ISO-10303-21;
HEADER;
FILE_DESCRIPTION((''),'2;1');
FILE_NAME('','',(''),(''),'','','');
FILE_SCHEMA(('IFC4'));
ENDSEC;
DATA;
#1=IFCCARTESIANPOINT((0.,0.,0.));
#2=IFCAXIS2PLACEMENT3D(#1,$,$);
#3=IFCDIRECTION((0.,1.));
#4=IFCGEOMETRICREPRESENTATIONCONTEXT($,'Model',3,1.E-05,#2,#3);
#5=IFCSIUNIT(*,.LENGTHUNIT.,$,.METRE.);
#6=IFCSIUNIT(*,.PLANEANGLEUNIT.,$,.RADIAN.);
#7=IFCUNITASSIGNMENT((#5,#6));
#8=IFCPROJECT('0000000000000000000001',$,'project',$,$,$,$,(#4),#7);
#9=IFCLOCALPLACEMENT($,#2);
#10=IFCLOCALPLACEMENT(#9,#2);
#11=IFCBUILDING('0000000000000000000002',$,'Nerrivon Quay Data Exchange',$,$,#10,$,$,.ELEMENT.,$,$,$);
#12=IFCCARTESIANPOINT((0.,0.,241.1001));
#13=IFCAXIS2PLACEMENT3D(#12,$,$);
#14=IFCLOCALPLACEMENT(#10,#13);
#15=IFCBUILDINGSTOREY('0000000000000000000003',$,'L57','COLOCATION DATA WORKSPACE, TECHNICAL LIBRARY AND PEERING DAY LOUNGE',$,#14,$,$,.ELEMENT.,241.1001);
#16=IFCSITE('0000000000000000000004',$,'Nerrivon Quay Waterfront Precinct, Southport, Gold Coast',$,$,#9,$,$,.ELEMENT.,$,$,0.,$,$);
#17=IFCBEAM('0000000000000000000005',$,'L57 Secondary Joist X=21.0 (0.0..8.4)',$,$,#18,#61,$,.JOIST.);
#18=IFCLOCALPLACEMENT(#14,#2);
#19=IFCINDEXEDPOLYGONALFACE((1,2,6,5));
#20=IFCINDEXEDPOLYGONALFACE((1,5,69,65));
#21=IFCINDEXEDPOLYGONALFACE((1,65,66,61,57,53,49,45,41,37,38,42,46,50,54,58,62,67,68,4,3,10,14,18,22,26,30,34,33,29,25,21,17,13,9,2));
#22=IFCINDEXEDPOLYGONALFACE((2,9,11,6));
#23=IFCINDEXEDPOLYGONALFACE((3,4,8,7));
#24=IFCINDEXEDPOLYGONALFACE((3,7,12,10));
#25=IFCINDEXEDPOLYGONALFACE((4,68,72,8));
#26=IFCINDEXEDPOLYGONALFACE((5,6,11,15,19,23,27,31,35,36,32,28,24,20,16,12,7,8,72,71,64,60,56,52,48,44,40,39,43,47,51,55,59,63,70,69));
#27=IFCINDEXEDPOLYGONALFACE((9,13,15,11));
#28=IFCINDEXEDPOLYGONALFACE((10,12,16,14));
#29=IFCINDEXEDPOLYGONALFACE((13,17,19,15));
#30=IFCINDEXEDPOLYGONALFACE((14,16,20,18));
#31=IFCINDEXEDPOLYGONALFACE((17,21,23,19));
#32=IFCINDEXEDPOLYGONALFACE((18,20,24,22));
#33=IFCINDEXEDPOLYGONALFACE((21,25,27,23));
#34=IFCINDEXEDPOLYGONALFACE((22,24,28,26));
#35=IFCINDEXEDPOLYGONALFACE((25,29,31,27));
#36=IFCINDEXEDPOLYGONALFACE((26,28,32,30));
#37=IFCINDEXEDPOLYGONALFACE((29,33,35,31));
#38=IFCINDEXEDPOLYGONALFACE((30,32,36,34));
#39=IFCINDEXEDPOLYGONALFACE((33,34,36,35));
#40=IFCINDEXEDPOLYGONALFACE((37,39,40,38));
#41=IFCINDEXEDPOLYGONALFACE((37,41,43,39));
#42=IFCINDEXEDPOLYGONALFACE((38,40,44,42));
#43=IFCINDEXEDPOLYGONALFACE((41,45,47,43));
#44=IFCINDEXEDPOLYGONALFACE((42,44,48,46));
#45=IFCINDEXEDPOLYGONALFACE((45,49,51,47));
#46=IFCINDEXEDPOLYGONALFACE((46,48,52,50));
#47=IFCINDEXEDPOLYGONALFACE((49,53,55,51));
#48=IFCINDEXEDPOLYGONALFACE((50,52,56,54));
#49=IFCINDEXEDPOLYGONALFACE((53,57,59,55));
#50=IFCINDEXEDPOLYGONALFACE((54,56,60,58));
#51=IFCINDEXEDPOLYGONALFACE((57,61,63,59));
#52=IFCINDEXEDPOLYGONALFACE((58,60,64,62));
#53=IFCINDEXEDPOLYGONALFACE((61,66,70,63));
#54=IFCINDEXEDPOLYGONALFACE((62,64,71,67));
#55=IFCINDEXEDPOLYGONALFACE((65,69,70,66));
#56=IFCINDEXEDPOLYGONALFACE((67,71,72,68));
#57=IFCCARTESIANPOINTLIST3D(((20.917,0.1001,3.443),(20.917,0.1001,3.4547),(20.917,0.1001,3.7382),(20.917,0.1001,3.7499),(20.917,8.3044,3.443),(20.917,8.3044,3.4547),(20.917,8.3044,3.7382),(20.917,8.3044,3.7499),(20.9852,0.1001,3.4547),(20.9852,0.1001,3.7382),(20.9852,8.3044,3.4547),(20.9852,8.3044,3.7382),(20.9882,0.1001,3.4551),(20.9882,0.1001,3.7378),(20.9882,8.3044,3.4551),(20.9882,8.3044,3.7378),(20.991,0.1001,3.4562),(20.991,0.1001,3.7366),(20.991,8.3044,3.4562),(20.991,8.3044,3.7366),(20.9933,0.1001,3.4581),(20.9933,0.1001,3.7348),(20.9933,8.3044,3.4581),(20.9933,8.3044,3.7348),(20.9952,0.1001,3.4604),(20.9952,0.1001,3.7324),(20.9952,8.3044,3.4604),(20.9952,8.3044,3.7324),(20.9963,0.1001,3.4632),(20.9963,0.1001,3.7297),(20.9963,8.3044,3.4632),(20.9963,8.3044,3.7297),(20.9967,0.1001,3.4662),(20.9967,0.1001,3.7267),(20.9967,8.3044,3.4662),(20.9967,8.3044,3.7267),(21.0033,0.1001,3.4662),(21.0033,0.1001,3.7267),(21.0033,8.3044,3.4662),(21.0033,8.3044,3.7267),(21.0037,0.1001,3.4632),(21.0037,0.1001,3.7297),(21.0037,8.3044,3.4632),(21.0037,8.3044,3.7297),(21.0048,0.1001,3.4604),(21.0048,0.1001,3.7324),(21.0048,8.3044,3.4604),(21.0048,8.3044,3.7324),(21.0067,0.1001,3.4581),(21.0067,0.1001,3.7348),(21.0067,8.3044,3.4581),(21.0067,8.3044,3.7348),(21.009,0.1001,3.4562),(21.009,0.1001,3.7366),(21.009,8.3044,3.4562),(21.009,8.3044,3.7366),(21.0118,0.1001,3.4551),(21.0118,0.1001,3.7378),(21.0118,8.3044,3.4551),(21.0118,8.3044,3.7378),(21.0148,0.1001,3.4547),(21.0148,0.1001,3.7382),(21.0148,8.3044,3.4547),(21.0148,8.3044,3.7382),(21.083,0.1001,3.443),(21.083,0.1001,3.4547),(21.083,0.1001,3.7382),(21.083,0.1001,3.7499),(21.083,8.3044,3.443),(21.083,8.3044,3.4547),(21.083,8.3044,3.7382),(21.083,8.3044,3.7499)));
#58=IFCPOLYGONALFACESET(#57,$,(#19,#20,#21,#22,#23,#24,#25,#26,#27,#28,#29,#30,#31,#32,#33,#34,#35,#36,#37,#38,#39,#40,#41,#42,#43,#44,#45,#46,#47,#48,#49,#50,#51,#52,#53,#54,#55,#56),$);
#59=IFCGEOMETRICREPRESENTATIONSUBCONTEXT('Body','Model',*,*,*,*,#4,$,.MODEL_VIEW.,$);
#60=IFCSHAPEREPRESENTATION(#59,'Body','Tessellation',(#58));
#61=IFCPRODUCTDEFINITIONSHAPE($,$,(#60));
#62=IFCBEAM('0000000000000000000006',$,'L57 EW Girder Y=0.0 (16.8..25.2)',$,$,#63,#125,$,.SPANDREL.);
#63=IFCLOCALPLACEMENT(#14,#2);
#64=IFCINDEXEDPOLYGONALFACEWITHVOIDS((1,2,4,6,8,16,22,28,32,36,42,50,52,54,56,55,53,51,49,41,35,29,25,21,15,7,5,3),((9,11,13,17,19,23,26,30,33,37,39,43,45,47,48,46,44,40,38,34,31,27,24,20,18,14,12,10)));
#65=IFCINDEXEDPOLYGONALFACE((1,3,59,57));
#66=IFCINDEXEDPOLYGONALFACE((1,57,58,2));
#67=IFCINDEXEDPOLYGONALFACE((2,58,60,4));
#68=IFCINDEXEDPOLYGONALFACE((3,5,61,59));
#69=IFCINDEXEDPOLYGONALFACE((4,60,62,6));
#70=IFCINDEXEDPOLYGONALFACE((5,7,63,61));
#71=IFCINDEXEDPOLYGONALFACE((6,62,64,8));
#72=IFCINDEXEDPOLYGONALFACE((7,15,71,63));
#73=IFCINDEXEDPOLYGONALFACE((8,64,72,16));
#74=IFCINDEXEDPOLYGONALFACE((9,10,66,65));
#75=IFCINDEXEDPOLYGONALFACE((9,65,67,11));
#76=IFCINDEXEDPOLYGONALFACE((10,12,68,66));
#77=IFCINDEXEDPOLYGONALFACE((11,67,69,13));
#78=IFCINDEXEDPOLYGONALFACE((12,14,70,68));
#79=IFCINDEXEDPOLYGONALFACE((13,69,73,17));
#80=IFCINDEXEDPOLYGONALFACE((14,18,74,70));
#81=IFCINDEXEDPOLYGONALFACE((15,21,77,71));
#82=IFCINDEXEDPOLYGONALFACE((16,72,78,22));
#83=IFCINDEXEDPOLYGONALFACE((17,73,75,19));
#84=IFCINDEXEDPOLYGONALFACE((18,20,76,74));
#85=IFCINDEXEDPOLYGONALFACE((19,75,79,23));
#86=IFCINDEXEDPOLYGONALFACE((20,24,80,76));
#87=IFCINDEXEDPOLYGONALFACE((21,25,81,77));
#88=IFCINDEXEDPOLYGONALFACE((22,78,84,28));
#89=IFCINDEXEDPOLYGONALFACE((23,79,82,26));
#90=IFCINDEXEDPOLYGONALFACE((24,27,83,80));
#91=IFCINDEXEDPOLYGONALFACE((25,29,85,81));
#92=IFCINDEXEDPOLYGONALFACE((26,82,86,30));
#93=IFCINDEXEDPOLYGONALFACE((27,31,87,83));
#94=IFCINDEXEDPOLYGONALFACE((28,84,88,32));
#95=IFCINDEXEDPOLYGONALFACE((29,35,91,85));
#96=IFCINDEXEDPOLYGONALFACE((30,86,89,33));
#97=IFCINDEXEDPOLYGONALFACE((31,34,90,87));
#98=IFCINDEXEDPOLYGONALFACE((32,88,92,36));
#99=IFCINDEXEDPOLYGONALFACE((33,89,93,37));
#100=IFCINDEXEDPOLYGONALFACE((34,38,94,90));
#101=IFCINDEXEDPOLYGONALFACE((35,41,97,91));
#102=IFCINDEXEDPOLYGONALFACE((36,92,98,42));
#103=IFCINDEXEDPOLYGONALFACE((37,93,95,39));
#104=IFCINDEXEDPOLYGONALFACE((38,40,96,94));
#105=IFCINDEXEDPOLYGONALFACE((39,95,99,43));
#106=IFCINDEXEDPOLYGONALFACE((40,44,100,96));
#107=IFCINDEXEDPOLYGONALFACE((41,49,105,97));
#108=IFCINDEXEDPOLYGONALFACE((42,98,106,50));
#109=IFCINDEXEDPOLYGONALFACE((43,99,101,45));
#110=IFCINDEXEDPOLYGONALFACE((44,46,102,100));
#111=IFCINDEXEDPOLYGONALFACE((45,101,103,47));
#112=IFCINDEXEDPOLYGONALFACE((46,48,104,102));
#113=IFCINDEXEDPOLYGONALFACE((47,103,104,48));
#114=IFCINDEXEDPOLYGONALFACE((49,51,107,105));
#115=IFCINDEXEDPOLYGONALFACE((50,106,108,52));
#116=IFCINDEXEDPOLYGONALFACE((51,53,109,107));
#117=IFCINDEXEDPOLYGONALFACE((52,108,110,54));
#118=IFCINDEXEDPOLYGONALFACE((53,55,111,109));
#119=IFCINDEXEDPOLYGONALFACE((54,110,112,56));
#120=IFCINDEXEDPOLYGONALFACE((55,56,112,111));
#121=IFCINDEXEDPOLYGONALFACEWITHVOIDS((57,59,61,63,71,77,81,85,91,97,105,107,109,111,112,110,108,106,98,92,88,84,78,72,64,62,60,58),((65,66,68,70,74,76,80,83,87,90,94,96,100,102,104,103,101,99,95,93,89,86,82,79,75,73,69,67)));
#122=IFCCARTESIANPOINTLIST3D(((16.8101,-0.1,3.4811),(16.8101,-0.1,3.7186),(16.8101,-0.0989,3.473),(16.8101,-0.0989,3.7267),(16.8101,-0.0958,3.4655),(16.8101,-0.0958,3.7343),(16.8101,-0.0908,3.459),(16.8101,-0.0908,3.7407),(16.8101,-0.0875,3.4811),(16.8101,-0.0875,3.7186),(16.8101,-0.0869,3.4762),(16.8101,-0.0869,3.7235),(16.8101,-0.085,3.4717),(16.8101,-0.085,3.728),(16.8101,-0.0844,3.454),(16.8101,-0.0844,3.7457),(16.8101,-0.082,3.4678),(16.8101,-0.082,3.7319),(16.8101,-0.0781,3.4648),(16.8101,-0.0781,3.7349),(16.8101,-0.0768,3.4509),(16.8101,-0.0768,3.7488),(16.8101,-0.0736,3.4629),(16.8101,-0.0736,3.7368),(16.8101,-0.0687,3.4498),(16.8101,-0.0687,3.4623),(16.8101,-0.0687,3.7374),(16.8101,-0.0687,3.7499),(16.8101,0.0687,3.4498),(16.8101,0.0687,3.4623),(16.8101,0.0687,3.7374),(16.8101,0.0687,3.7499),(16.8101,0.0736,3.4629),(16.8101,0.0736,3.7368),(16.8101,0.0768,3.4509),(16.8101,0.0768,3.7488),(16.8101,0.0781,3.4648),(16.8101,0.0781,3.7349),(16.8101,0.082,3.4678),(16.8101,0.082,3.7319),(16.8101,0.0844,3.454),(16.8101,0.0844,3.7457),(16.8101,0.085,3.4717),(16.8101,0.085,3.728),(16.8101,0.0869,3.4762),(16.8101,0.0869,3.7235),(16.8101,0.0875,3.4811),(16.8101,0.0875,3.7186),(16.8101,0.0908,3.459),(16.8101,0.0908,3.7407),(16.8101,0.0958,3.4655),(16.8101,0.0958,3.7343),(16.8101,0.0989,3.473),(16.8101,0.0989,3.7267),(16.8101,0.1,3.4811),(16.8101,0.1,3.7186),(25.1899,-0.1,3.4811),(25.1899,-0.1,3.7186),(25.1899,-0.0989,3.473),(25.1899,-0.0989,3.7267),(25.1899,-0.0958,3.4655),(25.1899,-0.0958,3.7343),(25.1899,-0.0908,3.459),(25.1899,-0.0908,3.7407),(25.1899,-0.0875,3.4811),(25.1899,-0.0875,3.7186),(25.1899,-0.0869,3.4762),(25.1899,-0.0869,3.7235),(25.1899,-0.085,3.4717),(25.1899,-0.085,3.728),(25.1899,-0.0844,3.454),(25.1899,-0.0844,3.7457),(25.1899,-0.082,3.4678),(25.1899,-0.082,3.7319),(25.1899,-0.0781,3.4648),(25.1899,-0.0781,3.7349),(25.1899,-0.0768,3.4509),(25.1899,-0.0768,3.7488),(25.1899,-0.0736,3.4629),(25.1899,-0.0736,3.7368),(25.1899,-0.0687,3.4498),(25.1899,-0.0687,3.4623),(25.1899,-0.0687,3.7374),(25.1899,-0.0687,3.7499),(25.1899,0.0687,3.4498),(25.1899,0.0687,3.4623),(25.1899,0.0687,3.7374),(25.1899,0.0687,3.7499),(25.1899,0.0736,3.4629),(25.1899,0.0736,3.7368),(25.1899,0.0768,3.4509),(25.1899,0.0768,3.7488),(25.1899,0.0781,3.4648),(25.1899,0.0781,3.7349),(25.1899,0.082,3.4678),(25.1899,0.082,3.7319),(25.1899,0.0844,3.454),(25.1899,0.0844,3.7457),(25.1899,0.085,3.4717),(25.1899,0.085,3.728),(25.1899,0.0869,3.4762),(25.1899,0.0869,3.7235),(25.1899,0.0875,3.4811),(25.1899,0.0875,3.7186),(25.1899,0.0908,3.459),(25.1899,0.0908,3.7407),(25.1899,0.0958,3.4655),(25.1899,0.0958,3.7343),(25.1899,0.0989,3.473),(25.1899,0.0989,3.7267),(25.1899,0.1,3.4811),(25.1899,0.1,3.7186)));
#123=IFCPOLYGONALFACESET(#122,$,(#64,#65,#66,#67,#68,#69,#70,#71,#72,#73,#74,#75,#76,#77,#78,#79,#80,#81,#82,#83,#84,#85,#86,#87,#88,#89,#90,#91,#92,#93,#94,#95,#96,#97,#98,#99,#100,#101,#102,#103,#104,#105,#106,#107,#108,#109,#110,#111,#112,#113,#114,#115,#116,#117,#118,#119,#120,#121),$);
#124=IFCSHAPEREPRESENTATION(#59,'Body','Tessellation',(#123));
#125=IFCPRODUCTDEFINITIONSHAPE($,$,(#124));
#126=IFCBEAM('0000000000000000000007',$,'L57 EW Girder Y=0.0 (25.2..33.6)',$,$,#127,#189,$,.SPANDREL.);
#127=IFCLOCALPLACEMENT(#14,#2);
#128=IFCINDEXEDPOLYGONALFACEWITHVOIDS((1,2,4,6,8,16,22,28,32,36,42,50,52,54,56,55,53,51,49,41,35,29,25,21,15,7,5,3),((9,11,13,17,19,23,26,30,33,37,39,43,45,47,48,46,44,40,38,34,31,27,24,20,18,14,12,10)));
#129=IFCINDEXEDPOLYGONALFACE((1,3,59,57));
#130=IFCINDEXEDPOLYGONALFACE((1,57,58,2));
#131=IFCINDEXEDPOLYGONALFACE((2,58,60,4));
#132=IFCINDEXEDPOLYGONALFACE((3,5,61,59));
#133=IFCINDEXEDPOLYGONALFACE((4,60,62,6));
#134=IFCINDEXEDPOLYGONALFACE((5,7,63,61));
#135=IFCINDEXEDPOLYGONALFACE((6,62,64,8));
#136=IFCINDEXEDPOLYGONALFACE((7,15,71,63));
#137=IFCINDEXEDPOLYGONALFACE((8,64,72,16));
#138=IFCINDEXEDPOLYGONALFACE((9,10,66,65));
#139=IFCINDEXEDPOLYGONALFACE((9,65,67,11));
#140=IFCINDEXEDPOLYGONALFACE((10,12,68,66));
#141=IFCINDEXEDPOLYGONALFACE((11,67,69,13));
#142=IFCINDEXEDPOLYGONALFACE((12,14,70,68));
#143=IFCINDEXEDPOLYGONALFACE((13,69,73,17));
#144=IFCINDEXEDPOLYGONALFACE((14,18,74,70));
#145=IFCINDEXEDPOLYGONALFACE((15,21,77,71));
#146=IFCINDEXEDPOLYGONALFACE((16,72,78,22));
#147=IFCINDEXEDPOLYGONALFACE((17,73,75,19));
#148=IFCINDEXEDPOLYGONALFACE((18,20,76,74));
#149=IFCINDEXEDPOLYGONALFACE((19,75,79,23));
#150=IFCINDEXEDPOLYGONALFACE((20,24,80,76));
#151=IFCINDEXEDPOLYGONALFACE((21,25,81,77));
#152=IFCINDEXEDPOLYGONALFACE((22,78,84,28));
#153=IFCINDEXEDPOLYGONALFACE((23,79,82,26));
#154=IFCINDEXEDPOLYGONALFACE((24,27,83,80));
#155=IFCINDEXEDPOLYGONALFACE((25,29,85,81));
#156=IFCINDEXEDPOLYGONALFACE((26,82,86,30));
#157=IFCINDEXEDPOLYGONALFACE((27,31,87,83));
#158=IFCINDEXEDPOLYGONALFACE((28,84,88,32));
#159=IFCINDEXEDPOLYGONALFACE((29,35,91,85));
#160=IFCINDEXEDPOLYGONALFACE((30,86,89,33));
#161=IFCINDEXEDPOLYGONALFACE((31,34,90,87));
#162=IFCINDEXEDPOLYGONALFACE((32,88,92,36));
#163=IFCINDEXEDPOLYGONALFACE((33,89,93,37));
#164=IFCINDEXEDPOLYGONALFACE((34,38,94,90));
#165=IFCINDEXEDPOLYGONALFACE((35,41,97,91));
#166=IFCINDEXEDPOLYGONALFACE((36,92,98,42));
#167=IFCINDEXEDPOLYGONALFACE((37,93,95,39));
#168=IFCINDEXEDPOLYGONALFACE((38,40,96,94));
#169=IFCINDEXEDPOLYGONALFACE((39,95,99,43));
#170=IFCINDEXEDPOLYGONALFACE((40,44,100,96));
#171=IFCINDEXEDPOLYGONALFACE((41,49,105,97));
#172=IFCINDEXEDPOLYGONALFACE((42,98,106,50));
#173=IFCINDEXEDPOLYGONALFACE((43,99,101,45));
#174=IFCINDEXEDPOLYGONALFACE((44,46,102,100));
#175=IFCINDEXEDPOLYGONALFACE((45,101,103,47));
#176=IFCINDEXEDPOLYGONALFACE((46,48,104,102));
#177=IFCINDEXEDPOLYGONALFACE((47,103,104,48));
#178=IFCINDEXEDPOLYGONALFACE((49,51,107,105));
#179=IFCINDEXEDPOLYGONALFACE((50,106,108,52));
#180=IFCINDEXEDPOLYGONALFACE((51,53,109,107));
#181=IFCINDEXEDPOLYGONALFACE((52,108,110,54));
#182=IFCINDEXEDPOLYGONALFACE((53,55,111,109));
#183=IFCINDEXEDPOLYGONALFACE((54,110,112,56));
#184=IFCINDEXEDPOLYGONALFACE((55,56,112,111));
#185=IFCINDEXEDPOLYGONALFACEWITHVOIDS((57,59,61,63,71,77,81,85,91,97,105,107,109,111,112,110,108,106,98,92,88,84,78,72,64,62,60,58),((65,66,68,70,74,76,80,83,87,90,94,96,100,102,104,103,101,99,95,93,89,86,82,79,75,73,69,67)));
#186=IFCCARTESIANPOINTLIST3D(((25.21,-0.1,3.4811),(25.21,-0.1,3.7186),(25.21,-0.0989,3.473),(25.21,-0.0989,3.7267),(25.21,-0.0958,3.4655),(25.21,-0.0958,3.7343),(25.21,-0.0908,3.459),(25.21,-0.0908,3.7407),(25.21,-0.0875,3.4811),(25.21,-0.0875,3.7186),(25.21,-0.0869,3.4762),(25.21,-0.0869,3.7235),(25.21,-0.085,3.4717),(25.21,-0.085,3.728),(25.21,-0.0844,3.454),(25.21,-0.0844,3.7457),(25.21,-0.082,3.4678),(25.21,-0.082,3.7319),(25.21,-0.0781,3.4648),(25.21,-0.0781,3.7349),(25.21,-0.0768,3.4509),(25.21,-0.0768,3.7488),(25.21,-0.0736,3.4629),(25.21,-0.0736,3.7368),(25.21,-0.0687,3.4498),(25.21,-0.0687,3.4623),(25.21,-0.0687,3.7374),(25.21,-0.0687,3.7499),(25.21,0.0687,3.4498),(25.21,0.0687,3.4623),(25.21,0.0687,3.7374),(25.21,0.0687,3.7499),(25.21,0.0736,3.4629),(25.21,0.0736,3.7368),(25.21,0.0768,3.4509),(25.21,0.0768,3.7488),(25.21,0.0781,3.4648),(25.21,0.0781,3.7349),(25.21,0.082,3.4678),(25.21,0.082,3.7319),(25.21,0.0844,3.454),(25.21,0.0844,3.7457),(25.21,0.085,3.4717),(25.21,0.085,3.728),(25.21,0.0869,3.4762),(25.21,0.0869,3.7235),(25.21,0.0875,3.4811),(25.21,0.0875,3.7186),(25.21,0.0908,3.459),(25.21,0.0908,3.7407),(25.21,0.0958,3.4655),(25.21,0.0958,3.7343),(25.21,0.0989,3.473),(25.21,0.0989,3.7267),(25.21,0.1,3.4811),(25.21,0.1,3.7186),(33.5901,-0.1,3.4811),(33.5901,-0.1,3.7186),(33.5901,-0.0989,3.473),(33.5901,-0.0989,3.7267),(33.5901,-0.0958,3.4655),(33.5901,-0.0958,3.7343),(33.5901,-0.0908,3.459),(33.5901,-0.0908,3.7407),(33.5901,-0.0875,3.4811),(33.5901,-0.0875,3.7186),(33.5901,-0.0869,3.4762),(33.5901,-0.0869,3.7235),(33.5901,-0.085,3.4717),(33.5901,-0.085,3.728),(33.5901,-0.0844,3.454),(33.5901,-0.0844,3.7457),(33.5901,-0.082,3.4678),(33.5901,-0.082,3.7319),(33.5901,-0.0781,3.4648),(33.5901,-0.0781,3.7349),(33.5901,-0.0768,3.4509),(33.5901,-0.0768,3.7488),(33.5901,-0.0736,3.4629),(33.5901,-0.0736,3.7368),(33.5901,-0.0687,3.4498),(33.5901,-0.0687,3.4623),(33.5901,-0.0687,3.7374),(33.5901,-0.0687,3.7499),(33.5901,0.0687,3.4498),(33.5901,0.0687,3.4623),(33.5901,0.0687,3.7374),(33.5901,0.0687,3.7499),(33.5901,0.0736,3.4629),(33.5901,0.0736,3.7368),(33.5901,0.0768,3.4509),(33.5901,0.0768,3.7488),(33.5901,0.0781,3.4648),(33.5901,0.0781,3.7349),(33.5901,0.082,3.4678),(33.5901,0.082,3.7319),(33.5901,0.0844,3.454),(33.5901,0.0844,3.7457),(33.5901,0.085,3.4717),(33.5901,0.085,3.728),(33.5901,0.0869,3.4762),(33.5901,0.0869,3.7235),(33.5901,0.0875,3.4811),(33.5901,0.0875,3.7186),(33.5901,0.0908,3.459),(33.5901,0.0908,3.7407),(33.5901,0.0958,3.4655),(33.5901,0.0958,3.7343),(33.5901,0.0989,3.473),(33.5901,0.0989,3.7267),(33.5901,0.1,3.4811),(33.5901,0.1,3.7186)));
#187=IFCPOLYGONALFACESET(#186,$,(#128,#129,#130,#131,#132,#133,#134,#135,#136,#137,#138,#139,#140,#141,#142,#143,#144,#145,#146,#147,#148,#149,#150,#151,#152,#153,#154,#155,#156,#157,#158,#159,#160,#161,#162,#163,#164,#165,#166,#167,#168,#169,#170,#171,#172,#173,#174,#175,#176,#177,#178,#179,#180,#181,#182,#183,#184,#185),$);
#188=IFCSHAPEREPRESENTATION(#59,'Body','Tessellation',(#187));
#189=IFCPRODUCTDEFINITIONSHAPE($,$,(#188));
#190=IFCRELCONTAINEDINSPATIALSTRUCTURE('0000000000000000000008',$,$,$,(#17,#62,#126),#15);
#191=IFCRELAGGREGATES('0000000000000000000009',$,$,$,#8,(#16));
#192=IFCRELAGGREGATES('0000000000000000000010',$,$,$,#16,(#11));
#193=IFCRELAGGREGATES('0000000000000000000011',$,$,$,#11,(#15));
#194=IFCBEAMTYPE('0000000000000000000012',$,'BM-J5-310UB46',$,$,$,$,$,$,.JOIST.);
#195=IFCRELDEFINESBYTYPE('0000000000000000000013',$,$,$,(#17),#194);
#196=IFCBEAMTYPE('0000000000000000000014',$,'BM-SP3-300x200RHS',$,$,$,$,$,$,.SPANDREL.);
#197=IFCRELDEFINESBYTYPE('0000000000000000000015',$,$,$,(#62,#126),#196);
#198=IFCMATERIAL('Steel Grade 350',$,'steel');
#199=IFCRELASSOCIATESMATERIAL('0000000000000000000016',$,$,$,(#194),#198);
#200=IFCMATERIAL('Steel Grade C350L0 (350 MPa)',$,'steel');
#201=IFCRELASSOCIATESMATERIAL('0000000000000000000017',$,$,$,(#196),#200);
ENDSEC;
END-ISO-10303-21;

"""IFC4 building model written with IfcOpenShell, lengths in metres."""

from ifc_helpers import new_model, si_unit, direction, frame, origin, origin_2d, place, context, subcontext, project, spatial, hollow_rectangle, i_section, extrude, material, material_profile, profile_set, type_object, element, save


model = new_model("IFC4")

# Units and contexts
model_context = context("Model", 3, precision=1e-05, world=origin(), true_north=direction((0.0, 1.0)))
body_context = subcontext(model_context, "Body", "Model", "MODEL_VIEW")
ifc_project = project(units=[si_unit("LENGTHUNIT", "METRE"), si_unit("PLANEANGLEUNIT", "RADIAN")], contexts=[model_context])

# Site, building, storey
site_placement = place(None, origin())
site = spatial("IfcSite", under=ifc_project, at=site_placement, Name="Nerrivon Quay Waterfront Precinct, Southport, Gold Coast", CompositionType="ELEMENT", RefElevation=0.0)
building_placement = place(site_placement, origin())
building = spatial("IfcBuilding", under=site, at=building_placement, Name="Nerrivon Quay Data Exchange", CompositionType="ELEMENT")
storey_placement = place(building_placement, frame((0.0, 0.0, 241.1001)))
storey = spatial("IfcBuildingStorey", under=building, at=storey_placement, Name="L57", Description="COLOCATION DATA WORKSPACE, TECHNICAL LIBRARY AND PEERING DAY LOUNGE", CompositionType="ELEMENT", Elevation=241.1001)

# Shared definitions
ifc_material_1 = material(Name="Steel Grade 350", Category="steel")

# Beams
ifc_material_profile_1 = material_profile(ifc_material_1, i_section(OverallWidth=0.166, OverallDepth=0.3069, WebThickness=0.0066, FlangeThickness=0.0117, FilletRadius=0.0115, at=origin_2d()), Name="310UB46.2")
ifc_profile_set_1 = profile_set([ifc_material_profile_1], Name="Steel Grade 350")
beam_type_1 = type_object("IfcBeamType", Name="BM-J5-310UB46", PredefinedType="JOIST", material=ifc_profile_set_1)
beam_1_placement = place(storey_placement, frame((21.0, 0.1001, 3.5964), z_axis=(0.0, 1.0, 0.0), x_axis=(-1.0, 0.0, 0.0)))
element("IfcBeam", 1, at=beam_1_placement, inside=storey, type_object=beam_type_1, Name="L57 Secondary Joist X=21.0 (0.0..8.4)", PredefinedType="JOIST", context=body_context, shape_type="SweptSolid", body=[
    extrude(i_section(OverallWidth=0.166, OverallDepth=0.3069, WebThickness=0.0066, FlangeThickness=0.0117, FilletRadius=0.0115, at=origin_2d()), origin(), (0.0, 0.0, 1.0), 8.2043),
])
ifc_material_2 = material(Name="Steel Grade C350L0 (350 MPa)", Category="steel")
ifc_material_profile_2 = material_profile(ifc_material_2, hollow_rectangle(XDim=0.2, YDim=0.3, WallThickness=0.0125, InnerFilletRadius=0.0188, OuterFilletRadius=0.0312, at=origin_2d()), Name="300x200x12.5RHS")
ifc_profile_set_2 = profile_set([ifc_material_profile_2], Name="Steel Grade C350L0 (350 MPa)")
beam_type_2 = type_object("IfcBeamType", Name="BM-SP3-300x200RHS", PredefinedType="SPANDREL", material=ifc_profile_set_2)
beam_2_placement = place(storey_placement, frame((16.8101, 0.0, 3.5999), z_axis=(1.0, 0.0, 0.0), x_axis=(0.0, 1.0, 0.0)))
element("IfcBeam", 2, at=beam_2_placement, inside=storey, type_object=beam_type_2, Name="L57 EW Girder Y=0.0 (16.8..25.2)", PredefinedType="SPANDREL", context=body_context, shape_type="SweptSolid", body=[
    extrude(hollow_rectangle(XDim=0.2, YDim=0.3, WallThickness=0.0125, InnerFilletRadius=0.0188, OuterFilletRadius=0.0312, at=origin_2d()), origin(), (0.0, 0.0, 1.0), 8.3799),
])
beam_3_placement = place(storey_placement, frame((25.21, 0.0, 3.5999), z_axis=(1.0, 0.0, 0.0), x_axis=(0.0, 1.0, 0.0)))
element("IfcBeam", 3, at=beam_3_placement, inside=storey, type_object=beam_type_2, Name="L57 EW Girder Y=0.0 (25.2..33.6)", PredefinedType="SPANDREL", context=body_context, shape_type="SweptSolid", body=[
    extrude(hollow_rectangle(XDim=0.2, YDim=0.3, WallThickness=0.0125, InnerFilletRadius=0.0188, OuterFilletRadius=0.0312, at=origin_2d()), origin(), (0.0, 0.0, 1.0), 8.3801),
])

save(model, "model.ifc")
